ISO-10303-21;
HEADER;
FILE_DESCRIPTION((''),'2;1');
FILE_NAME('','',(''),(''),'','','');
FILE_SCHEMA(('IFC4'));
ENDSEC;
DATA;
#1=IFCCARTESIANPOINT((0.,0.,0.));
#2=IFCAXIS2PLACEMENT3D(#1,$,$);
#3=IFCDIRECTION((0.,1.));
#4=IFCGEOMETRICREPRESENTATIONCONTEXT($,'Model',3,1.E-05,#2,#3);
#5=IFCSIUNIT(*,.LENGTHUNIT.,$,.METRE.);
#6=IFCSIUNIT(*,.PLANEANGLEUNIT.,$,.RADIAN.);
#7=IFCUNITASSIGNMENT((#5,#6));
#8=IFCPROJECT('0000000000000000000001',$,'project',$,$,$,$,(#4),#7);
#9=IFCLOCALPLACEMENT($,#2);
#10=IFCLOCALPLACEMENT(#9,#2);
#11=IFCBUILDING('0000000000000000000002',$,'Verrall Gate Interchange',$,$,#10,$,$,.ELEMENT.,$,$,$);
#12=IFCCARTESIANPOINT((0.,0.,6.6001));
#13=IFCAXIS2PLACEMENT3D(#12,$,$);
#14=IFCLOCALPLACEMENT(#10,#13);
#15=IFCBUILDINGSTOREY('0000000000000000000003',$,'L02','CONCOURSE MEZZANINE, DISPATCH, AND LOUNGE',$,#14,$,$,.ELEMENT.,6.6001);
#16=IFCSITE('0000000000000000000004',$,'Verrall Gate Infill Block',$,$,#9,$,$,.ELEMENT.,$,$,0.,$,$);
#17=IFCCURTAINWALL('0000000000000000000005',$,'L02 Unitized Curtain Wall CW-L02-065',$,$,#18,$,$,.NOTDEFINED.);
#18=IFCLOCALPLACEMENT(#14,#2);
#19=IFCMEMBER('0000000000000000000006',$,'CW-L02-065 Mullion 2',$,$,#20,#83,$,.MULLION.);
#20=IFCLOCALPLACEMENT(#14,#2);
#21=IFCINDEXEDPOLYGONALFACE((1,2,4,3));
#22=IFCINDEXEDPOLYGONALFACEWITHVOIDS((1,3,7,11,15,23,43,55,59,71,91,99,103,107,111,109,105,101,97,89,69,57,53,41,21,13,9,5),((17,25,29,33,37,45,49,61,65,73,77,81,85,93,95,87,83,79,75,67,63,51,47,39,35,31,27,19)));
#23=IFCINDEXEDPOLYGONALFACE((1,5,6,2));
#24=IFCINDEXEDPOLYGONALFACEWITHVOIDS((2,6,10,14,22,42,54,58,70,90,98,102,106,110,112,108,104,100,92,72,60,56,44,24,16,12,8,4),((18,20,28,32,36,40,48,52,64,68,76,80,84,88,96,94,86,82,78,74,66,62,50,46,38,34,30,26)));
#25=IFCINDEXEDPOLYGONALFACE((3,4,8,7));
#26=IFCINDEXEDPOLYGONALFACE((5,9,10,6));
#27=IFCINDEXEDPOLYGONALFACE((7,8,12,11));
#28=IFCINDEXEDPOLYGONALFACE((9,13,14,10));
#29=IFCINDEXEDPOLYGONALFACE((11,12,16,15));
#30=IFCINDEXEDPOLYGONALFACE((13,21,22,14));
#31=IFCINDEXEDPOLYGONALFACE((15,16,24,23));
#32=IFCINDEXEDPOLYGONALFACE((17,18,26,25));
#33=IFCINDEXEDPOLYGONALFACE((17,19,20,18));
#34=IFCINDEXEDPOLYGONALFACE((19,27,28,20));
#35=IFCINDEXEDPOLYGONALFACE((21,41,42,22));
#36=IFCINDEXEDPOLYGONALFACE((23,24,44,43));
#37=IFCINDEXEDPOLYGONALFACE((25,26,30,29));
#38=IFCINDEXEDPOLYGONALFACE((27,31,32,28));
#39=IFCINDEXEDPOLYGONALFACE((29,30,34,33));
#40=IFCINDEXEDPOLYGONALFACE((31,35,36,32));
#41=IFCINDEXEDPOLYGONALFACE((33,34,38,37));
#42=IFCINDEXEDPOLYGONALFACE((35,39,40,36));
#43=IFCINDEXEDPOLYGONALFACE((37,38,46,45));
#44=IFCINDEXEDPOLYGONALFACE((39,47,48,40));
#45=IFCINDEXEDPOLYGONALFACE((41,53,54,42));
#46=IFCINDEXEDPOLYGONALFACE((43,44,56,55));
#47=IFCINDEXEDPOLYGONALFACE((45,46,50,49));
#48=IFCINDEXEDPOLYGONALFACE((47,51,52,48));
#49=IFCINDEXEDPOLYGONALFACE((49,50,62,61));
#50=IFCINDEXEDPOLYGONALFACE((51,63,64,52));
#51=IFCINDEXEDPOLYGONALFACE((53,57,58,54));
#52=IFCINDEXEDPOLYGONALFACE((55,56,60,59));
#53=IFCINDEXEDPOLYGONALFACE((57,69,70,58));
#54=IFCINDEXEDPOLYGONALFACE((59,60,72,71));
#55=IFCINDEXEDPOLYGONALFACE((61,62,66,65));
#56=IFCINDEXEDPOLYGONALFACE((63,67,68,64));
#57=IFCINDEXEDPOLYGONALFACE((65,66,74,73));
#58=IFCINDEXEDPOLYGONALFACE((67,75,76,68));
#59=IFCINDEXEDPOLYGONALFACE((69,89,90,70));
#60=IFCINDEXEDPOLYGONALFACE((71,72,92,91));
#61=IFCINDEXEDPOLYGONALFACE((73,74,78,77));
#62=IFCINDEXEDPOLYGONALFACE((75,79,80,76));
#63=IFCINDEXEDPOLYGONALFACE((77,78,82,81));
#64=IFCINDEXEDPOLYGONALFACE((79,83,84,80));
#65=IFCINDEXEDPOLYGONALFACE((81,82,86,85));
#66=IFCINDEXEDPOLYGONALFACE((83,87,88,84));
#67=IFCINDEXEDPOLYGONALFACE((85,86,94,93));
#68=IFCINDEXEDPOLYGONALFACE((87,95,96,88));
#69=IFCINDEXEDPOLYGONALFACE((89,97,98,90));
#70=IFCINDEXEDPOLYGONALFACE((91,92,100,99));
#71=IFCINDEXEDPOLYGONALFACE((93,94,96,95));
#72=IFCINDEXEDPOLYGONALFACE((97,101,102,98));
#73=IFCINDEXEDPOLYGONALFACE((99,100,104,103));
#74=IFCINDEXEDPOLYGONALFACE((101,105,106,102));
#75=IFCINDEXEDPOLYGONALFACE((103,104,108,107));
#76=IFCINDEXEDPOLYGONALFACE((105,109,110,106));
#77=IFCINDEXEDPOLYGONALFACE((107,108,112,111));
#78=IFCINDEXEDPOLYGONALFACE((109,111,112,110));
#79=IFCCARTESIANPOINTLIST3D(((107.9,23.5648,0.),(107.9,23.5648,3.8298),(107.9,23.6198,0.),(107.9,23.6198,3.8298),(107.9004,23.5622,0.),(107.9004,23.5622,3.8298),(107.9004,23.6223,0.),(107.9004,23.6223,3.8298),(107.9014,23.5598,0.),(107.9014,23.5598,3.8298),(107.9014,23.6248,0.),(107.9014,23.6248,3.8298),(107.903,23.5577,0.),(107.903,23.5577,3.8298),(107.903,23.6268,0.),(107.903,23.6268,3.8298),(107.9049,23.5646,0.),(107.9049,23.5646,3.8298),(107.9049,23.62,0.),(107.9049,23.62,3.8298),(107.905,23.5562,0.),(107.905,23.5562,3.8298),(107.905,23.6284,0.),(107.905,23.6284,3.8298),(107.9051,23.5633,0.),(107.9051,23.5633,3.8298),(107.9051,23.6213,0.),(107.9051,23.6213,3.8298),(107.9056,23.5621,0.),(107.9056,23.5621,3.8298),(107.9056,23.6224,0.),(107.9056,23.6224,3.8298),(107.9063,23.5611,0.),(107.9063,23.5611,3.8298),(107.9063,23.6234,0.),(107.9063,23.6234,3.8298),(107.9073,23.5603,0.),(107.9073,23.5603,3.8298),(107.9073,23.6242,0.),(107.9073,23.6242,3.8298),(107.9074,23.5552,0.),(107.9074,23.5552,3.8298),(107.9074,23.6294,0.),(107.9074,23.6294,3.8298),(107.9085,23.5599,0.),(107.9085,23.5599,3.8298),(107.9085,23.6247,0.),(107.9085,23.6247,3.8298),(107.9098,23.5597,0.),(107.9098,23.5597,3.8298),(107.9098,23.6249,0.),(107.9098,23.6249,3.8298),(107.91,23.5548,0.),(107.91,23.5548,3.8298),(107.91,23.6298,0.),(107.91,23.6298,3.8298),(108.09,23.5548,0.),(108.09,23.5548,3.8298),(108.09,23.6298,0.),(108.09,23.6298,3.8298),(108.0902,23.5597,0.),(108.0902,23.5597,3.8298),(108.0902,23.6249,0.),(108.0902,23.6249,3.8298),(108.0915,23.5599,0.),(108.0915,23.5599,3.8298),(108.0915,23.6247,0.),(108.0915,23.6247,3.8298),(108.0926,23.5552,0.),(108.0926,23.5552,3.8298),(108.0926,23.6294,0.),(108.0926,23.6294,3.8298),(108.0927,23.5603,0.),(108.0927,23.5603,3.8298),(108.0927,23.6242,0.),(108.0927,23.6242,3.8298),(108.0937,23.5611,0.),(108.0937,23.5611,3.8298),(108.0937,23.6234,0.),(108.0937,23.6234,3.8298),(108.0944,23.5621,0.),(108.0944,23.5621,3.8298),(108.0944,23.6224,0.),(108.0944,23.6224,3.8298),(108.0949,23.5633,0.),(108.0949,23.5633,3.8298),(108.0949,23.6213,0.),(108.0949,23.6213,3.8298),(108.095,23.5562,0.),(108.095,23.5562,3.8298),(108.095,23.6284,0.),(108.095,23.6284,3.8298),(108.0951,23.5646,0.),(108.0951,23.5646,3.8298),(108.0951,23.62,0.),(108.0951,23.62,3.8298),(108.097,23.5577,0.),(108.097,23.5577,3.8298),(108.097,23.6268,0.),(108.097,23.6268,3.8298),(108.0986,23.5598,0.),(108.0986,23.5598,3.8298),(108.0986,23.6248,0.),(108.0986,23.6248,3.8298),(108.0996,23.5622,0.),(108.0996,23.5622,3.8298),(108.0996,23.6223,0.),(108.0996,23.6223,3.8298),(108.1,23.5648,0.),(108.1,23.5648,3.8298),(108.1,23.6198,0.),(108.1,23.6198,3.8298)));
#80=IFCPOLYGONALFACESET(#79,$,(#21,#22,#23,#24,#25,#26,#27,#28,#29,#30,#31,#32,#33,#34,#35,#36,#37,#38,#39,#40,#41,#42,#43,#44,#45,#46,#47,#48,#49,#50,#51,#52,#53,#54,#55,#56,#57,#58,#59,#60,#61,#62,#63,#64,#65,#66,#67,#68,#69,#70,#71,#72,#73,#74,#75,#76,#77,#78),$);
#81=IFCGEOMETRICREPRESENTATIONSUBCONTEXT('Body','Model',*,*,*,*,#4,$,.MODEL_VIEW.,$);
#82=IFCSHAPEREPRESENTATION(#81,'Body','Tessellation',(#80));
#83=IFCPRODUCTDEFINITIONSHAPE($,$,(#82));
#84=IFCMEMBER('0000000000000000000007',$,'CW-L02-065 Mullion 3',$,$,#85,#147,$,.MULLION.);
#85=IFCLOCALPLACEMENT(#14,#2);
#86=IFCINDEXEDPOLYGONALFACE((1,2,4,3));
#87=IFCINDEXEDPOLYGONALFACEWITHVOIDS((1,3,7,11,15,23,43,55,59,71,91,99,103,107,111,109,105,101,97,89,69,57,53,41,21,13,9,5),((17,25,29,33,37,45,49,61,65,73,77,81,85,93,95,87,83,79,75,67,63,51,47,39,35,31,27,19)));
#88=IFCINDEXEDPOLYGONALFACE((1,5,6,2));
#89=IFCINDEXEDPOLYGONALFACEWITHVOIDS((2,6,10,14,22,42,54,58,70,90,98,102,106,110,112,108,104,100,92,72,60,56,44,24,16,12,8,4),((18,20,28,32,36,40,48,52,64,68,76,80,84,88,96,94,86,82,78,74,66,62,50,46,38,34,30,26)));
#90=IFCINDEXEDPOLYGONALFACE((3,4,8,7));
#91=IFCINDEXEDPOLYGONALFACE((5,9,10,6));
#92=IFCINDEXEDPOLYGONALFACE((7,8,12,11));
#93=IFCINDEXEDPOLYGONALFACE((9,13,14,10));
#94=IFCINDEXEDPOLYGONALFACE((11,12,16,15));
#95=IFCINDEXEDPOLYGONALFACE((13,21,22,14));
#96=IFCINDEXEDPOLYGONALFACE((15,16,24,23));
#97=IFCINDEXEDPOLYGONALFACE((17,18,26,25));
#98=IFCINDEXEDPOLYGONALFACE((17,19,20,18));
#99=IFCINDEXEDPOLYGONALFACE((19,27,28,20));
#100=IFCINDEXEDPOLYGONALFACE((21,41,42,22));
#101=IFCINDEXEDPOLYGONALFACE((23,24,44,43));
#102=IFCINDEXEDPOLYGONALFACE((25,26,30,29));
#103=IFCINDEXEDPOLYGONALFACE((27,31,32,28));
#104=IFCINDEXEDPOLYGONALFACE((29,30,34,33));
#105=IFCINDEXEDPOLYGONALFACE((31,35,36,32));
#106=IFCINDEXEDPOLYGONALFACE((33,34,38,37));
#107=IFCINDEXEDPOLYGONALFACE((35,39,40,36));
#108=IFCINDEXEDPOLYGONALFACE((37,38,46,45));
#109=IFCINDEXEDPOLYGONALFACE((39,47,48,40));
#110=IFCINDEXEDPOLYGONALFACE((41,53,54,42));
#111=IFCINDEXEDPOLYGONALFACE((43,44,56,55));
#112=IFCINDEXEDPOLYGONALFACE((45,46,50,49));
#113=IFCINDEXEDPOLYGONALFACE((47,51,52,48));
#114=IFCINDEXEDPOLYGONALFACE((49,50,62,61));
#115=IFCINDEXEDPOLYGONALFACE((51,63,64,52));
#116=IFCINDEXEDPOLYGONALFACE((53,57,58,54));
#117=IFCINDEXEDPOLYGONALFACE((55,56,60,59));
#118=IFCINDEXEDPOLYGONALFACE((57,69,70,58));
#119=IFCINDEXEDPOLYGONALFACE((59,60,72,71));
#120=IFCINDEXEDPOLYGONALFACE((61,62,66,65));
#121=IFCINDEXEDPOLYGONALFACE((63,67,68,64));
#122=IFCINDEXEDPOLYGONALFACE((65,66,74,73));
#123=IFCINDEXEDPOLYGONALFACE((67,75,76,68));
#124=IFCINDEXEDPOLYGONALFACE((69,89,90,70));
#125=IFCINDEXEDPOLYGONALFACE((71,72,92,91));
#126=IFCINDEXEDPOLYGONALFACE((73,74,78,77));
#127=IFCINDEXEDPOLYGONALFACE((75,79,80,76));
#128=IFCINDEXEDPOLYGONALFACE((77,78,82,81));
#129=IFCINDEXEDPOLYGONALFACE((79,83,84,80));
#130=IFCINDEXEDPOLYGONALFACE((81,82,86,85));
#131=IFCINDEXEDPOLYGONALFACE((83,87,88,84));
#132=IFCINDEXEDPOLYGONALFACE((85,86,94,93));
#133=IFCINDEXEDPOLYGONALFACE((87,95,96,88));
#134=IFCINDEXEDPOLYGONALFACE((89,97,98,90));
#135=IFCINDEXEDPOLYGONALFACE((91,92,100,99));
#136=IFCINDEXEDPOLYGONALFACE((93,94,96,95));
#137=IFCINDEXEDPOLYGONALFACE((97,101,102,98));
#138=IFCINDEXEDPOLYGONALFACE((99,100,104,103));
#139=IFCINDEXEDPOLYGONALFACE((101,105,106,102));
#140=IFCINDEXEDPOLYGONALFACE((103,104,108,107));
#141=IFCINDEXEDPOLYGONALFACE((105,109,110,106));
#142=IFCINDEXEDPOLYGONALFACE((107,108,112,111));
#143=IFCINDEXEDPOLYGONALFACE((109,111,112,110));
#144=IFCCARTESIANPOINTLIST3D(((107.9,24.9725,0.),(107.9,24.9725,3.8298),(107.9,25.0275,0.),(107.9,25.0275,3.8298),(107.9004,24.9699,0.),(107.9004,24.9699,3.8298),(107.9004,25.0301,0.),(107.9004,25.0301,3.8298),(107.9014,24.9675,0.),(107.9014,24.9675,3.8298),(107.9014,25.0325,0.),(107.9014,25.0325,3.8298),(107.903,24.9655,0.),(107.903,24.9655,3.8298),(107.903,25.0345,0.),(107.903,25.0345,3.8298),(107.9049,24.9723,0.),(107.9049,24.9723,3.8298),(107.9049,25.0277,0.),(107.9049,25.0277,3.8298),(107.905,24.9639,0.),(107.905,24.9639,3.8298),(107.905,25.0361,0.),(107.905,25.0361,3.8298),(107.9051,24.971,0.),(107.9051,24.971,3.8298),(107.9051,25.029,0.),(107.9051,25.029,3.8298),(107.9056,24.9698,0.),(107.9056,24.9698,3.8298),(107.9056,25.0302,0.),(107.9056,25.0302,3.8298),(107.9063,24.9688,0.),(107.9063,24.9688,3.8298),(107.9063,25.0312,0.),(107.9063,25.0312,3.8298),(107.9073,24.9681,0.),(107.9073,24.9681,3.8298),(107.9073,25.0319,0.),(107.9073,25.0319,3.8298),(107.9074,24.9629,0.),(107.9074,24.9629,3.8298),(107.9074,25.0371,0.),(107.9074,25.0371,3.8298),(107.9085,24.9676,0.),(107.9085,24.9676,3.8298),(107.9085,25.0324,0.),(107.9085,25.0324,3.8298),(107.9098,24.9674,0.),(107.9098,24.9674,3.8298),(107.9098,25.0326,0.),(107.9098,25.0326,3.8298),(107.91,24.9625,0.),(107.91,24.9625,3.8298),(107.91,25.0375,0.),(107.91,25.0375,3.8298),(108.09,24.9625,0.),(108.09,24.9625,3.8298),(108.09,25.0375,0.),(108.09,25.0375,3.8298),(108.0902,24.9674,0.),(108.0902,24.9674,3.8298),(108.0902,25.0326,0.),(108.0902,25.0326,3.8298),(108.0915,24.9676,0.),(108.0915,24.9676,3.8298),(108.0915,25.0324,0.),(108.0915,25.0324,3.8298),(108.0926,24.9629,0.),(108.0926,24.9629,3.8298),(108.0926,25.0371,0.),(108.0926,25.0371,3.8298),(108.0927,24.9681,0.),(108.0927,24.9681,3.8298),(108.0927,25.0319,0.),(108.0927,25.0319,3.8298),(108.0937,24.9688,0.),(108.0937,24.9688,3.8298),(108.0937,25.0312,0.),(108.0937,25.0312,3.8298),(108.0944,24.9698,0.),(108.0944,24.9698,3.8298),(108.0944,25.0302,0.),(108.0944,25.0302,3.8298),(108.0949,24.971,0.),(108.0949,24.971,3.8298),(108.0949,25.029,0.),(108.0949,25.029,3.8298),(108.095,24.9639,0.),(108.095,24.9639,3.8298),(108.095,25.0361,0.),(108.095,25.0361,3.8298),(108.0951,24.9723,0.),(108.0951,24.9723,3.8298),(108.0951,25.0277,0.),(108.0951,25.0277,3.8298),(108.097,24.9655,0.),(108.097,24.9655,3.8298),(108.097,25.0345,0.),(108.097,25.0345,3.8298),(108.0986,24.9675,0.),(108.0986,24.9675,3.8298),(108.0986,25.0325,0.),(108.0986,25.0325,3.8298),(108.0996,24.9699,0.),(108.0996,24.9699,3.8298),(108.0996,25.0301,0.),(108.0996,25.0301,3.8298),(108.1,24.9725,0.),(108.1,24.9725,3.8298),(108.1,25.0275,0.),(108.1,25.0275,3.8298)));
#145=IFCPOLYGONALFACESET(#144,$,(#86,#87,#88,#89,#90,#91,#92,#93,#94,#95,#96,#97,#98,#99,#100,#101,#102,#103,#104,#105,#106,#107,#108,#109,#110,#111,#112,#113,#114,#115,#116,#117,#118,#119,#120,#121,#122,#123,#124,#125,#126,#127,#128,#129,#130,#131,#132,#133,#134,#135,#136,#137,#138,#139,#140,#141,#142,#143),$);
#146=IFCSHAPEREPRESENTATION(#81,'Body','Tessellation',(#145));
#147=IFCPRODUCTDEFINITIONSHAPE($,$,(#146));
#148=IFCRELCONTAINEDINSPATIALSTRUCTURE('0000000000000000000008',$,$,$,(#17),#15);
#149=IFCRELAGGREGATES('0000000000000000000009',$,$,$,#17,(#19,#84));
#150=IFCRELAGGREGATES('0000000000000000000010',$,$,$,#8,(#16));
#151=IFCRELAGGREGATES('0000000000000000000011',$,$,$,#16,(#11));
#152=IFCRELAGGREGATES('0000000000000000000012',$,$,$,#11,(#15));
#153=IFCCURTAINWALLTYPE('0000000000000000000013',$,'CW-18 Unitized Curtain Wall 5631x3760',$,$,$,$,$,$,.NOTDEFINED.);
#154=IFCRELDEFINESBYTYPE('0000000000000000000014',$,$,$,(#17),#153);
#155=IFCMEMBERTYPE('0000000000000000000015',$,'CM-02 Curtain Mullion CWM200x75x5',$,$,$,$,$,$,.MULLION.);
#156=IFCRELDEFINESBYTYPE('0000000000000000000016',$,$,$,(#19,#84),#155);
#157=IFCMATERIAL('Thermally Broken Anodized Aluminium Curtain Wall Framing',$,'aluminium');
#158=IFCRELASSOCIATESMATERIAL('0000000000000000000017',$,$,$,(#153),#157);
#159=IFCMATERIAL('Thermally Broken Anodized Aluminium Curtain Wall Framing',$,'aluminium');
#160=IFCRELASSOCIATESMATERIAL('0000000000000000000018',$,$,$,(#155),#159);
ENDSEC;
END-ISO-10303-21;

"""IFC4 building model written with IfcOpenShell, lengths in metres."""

from ifc_helpers import new_model, si_unit, direction, frame, origin, origin_2d, place, context, subcontext, project, spatial, hollow_rectangle, extrude, material, material_profile, profile_set, type_object, element, aggregate, save


model = new_model("IFC4")

# Units and contexts
model_context = context("Model", 3, precision=1e-05, world=origin(), true_north=direction((0.0, 1.0)))
body_context = subcontext(model_context, "Body", "Model", "MODEL_VIEW")
ifc_project = project(units=[si_unit("LENGTHUNIT", "METRE"), si_unit("PLANEANGLEUNIT", "RADIAN")], contexts=[model_context])

# Site, building, storey
site_placement = place(None, origin())
site = spatial("IfcSite", under=ifc_project, at=site_placement, Name="Verrall Gate Infill Block", CompositionType="ELEMENT", RefElevation=0.0)
building_placement = place(site_placement, origin())
building = spatial("IfcBuilding", under=site, at=building_placement, Name="Verrall Gate Interchange", CompositionType="ELEMENT")
storey_placement = place(building_placement, frame((0.0, 0.0, 6.6001)))
storey = spatial("IfcBuildingStorey", under=building, at=storey_placement, Name="L02", Description="CONCOURSE MEZZANINE, DISPATCH, AND LOUNGE", CompositionType="ELEMENT", Elevation=6.6001)

# Curtain wall, members
ifc_material_1 = material(Name="Thermally Broken Anodized Aluminium Curtain Wall Framing", Category="aluminium")
curtain_wall_type = type_object("IfcCurtainWallType", Name="CW-18 Unitized Curtain Wall 5631x3760", PredefinedType="NOTDEFINED", material=ifc_material_1)
curtain_wall_1_placement = place(storey_placement, origin())
curtain_wall_1 = element("IfcCurtainWall", 1, at=curtain_wall_1_placement, inside=storey, type_object=curtain_wall_type, Name="L02 Unitized Curtain Wall CW-L02-065", PredefinedType="NOTDEFINED")
ifc_material_2 = material(Name="Thermally Broken Anodized Aluminium Curtain Wall Framing", Category="aluminium")
ifc_material_profile_1 = material_profile(ifc_material_2, hollow_rectangle(XDim=0.075, YDim=0.2, WallThickness=0.0049, InnerFilletRadius=0.0049, OuterFilletRadius=0.01, at=origin_2d()), Name="CWM200x75x5")
ifc_profile_set_1 = profile_set([ifc_material_profile_1], Name="Thermally Broken Anodized Aluminium Curtain Wall Framing")
member_type_1 = type_object("IfcMemberType", Name="CM-02 Curtain Mullion CWM200x75x5", PredefinedType="MULLION", material=ifc_profile_set_1)
member_1_placement = place(storey_placement, frame((108.0, 23.5923, 0.0), z_axis=(0.0, 0.0, 1.0), x_axis=(0.0, 1.0, 0.0)))
member_1 = element("IfcMember", 2, at=member_1_placement, type_object=member_type_1, Name="CW-L02-065 Mullion 2", PredefinedType="MULLION", context=body_context, shape_type="SweptSolid", body=[
    extrude(hollow_rectangle(XDim=0.075, YDim=0.2, WallThickness=0.0049, InnerFilletRadius=0.0049, OuterFilletRadius=0.01, at=origin_2d()), origin(), (0.0, 0.0, 1.0), 3.8298),
])
member_2_placement = place(storey_placement, frame((108.0, 25.0, 0.0), z_axis=(0.0, 0.0, 1.0), x_axis=(0.0, 1.0, 0.0)))
member_2 = element("IfcMember", 3, at=member_2_placement, type_object=member_type_1, Name="CW-L02-065 Mullion 3", PredefinedType="MULLION", context=body_context, shape_type="SweptSolid", body=[
    extrude(hollow_rectangle(XDim=0.075, YDim=0.2, WallThickness=0.0049, InnerFilletRadius=0.0049, OuterFilletRadius=0.01, at=origin_2d()), origin(), (0.0, 0.0, 1.0), 3.8298),
])

aggregate(curtain_wall_1, [member_1, member_2])

save(model, "model.ifc")
